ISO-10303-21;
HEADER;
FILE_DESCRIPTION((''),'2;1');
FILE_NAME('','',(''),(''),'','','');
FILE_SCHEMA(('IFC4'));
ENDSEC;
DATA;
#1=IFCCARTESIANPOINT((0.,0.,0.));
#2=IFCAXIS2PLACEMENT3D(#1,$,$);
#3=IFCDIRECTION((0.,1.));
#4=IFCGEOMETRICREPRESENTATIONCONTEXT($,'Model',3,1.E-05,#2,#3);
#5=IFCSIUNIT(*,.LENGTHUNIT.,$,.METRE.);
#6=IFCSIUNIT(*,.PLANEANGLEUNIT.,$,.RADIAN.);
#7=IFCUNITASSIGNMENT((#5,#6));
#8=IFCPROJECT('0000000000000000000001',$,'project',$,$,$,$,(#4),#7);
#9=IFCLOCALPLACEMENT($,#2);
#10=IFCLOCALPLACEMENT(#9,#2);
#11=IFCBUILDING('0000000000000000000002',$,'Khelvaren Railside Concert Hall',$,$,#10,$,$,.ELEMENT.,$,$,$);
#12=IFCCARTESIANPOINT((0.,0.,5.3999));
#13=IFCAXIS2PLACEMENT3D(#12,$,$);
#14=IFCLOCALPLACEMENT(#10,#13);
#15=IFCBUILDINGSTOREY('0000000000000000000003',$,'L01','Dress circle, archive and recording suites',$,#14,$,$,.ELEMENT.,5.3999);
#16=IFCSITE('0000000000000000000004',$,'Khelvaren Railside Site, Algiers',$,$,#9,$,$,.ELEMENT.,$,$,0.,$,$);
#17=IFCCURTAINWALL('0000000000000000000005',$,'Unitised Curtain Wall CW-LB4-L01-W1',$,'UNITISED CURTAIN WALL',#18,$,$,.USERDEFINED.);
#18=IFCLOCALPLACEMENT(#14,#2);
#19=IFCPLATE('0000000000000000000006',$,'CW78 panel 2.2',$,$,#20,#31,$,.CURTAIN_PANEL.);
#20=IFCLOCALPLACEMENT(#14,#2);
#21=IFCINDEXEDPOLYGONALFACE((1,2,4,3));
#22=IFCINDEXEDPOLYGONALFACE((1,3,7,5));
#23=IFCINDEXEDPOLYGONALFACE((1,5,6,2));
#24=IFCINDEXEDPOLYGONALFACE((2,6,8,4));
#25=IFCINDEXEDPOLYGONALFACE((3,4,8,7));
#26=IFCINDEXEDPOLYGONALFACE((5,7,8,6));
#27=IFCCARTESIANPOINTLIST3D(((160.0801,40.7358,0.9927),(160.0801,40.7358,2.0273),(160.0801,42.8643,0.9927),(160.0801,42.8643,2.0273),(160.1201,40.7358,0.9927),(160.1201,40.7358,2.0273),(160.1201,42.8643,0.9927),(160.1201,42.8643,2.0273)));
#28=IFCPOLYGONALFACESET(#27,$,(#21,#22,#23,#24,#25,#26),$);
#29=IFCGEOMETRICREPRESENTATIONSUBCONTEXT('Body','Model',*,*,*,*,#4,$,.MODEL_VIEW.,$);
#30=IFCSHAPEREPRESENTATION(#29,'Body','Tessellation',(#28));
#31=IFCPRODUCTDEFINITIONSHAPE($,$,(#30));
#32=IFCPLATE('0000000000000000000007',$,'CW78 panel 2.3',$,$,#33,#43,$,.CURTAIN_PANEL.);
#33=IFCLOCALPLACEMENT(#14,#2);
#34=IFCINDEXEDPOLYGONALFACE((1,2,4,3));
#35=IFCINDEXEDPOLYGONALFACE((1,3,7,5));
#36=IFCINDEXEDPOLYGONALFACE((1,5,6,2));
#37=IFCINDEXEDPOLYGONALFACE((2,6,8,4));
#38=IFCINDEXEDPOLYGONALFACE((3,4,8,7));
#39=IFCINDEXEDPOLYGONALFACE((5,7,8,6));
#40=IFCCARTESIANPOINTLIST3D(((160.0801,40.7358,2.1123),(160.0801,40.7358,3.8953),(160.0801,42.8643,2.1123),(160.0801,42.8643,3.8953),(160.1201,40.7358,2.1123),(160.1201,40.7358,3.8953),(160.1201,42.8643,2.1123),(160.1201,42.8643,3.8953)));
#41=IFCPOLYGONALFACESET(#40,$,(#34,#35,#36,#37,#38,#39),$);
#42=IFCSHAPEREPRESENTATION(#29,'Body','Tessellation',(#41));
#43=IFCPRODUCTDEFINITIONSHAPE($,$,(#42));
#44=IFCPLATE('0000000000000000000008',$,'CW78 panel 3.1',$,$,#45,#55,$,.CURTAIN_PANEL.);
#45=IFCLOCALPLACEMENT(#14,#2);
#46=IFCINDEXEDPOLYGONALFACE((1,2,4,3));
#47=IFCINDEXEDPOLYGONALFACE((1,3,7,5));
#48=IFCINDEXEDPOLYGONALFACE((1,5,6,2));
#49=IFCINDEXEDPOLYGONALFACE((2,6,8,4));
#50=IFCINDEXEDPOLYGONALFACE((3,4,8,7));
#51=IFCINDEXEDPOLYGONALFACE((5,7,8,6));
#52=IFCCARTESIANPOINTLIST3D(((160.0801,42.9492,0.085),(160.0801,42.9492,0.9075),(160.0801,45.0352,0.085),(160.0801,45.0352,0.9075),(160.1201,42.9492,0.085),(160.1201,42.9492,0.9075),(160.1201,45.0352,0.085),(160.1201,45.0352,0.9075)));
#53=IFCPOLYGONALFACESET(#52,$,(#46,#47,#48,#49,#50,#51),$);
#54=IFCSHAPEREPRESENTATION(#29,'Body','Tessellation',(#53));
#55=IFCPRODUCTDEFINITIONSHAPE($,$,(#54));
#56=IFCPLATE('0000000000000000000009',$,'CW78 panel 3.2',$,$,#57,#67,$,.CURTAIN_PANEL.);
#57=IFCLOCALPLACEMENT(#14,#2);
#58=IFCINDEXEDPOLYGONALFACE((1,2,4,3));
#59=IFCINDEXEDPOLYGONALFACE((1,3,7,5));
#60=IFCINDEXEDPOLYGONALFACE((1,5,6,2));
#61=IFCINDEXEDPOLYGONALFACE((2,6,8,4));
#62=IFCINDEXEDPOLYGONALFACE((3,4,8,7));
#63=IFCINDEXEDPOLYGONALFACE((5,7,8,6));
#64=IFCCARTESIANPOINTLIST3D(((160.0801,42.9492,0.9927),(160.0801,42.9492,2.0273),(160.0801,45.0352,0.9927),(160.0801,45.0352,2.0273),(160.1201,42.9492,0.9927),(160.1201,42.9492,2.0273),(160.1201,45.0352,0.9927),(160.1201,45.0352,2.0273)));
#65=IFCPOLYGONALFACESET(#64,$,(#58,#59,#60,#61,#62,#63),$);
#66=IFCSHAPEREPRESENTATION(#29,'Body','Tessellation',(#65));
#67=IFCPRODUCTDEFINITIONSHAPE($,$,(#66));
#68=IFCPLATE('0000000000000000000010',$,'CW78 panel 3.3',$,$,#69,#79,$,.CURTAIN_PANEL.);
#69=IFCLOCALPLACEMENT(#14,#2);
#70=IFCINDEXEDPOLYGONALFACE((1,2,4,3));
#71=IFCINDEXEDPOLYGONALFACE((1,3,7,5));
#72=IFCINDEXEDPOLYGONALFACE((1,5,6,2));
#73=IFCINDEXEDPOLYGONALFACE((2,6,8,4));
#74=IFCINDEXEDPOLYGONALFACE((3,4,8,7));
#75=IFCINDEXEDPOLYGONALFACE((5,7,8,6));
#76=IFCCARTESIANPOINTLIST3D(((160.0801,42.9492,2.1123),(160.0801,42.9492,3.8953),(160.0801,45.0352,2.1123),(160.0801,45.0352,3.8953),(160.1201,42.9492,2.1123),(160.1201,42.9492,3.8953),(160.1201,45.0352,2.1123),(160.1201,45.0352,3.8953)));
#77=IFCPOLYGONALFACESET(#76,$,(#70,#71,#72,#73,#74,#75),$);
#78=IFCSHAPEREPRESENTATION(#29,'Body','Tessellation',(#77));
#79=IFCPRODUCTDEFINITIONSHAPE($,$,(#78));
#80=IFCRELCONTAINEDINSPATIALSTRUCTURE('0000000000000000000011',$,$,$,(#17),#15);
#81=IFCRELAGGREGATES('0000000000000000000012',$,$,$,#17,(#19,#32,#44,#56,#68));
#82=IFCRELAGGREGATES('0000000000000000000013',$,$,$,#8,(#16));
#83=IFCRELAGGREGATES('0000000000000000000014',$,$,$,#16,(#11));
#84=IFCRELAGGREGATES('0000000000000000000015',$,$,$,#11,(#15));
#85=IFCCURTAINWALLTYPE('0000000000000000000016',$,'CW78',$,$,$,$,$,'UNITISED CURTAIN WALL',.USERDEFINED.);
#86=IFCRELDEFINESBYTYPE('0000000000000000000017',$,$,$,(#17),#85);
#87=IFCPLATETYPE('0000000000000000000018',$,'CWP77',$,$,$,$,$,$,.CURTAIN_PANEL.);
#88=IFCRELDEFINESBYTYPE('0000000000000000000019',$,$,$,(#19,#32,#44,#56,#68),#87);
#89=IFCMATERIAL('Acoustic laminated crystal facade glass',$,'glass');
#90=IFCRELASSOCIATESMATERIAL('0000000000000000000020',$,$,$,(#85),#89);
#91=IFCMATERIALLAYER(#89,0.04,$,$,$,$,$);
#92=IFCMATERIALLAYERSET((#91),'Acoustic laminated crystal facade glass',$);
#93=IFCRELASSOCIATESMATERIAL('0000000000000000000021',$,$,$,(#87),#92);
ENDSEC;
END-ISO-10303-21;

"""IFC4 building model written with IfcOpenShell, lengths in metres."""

from ifc_helpers import new_model, si_unit, direction, frame, origin, origin_2d, place, context, subcontext, project, spatial, rectangle, extrude, material, layer, layer_set, type_object, element, aggregate, save


model = new_model("IFC4")

# Units and contexts
model_context = context("Model", 3, precision=1e-05, world=origin(), true_north=direction((0.0, 1.0)))
body_context = subcontext(model_context, "Body", "Model", "MODEL_VIEW")
ifc_project = project(units=[si_unit("LENGTHUNIT", "METRE"), si_unit("PLANEANGLEUNIT", "RADIAN")], contexts=[model_context])

# Site, building, storey
site_placement = place(None, origin())
site = spatial("IfcSite", under=ifc_project, at=site_placement, Name="Khelvaren Railside Site, Algiers", CompositionType="ELEMENT", RefElevation=0.0)
building_placement = place(site_placement, origin())
building = spatial("IfcBuilding", under=site, at=building_placement, Name="Khelvaren Railside Concert Hall", CompositionType="ELEMENT")
storey_placement = place(building_placement, frame((0.0, 0.0, 5.3999)))
storey = spatial("IfcBuildingStorey", under=building, at=storey_placement, Name="L01", Description="Dress circle, archive and recording suites", CompositionType="ELEMENT", Elevation=5.3999)

# Curtain wall, plates
ifc_material_1 = material(Name="Acoustic laminated crystal facade glass", Category="glass")
curtain_wall_type = type_object("IfcCurtainWallType", Name="CW78", ElementType="UNITISED CURTAIN WALL", PredefinedType="USERDEFINED", material=ifc_material_1)
curtain_wall_placement = place(storey_placement, origin())
curtain_wall = element("IfcCurtainWall", 1, at=curtain_wall_placement, inside=storey, type_object=curtain_wall_type, Name="Unitised Curtain Wall CW-LB4-L01-W1", ObjectType="UNITISED CURTAIN WALL", PredefinedType="USERDEFINED")
ifc_layer = layer(ifc_material_1, 0.04)
ifc_layer_set = layer_set([ifc_layer], Name="Acoustic laminated crystal facade glass")
plate_type = type_object("IfcPlateType", Name="CWP77", PredefinedType="CURTAIN_PANEL", material=ifc_layer_set)
plate_1_placement = place(storey_placement, frame((160.1001, 41.8, 0.9927), z_axis=(0.0, 0.0, 1.0), x_axis=(0.0, 1.0, 0.0)))
plate_1 = element("IfcPlate", 2, at=plate_1_placement, type_object=plate_type, Name="CW78 panel 2.2", PredefinedType="CURTAIN_PANEL", context=body_context, shape_type="SweptSolid", body=[
    extrude(rectangle(XDim=2.1284, YDim=0.04, at=origin_2d()), origin(), (0.0, 0.0, 1.0), 1.0347),
])
plate_2_placement = place(storey_placement, frame((160.1001, 41.8, 2.1123), z_axis=(0.0, 0.0, 1.0), x_axis=(0.0, 1.0, 0.0)))
plate_2 = element("IfcPlate", 3, at=plate_2_placement, type_object=plate_type, Name="CW78 panel 2.3", PredefinedType="CURTAIN_PANEL", context=body_context, shape_type="SweptSolid", body=[
    extrude(rectangle(XDim=2.1284, YDim=0.04, at=origin_2d()), origin(), (0.0, 0.0, 1.0), 1.783),
])
plate_3_placement = place(storey_placement, frame((160.1001, 43.9922, 0.085), z_axis=(0.0, 0.0, 1.0), x_axis=(0.0, 1.0, 0.0)))
plate_3 = element("IfcPlate", 4, at=plate_3_placement, type_object=plate_type, Name="CW78 panel 3.1", PredefinedType="CURTAIN_PANEL", context=body_context, shape_type="SweptSolid", body=[
    extrude(rectangle(XDim=2.0859, YDim=0.04, at=origin_2d()), origin(), (0.0, 0.0, 1.0), 0.8225),
])
plate_4_placement = place(storey_placement, frame((160.1001, 43.9922, 0.9927), z_axis=(0.0, 0.0, 1.0), x_axis=(0.0, 1.0, 0.0)))
plate_4 = element("IfcPlate", 5, at=plate_4_placement, type_object=plate_type, Name="CW78 panel 3.2", PredefinedType="CURTAIN_PANEL", context=body_context, shape_type="SweptSolid", body=[
    extrude(rectangle(XDim=2.0859, YDim=0.04, at=origin_2d()), origin(), (0.0, 0.0, 1.0), 1.0347),
])
plate_5_placement = place(storey_placement, frame((160.1001, 43.9922, 2.1123), z_axis=(0.0, 0.0, 1.0), x_axis=(0.0, 1.0, 0.0)))
plate_5 = element("IfcPlate", 6, at=plate_5_placement, type_object=plate_type, Name="CW78 panel 3.3", PredefinedType="CURTAIN_PANEL", context=body_context, shape_type="SweptSolid", body=[
    extrude(rectangle(XDim=2.0859, YDim=0.04, at=origin_2d()), origin(), (0.0, 0.0, 1.0), 1.783),
])
aggregate(curtain_wall, [plate_1, plate_2, plate_3, plate_4, plate_5])

save(model, "model.ifc")
